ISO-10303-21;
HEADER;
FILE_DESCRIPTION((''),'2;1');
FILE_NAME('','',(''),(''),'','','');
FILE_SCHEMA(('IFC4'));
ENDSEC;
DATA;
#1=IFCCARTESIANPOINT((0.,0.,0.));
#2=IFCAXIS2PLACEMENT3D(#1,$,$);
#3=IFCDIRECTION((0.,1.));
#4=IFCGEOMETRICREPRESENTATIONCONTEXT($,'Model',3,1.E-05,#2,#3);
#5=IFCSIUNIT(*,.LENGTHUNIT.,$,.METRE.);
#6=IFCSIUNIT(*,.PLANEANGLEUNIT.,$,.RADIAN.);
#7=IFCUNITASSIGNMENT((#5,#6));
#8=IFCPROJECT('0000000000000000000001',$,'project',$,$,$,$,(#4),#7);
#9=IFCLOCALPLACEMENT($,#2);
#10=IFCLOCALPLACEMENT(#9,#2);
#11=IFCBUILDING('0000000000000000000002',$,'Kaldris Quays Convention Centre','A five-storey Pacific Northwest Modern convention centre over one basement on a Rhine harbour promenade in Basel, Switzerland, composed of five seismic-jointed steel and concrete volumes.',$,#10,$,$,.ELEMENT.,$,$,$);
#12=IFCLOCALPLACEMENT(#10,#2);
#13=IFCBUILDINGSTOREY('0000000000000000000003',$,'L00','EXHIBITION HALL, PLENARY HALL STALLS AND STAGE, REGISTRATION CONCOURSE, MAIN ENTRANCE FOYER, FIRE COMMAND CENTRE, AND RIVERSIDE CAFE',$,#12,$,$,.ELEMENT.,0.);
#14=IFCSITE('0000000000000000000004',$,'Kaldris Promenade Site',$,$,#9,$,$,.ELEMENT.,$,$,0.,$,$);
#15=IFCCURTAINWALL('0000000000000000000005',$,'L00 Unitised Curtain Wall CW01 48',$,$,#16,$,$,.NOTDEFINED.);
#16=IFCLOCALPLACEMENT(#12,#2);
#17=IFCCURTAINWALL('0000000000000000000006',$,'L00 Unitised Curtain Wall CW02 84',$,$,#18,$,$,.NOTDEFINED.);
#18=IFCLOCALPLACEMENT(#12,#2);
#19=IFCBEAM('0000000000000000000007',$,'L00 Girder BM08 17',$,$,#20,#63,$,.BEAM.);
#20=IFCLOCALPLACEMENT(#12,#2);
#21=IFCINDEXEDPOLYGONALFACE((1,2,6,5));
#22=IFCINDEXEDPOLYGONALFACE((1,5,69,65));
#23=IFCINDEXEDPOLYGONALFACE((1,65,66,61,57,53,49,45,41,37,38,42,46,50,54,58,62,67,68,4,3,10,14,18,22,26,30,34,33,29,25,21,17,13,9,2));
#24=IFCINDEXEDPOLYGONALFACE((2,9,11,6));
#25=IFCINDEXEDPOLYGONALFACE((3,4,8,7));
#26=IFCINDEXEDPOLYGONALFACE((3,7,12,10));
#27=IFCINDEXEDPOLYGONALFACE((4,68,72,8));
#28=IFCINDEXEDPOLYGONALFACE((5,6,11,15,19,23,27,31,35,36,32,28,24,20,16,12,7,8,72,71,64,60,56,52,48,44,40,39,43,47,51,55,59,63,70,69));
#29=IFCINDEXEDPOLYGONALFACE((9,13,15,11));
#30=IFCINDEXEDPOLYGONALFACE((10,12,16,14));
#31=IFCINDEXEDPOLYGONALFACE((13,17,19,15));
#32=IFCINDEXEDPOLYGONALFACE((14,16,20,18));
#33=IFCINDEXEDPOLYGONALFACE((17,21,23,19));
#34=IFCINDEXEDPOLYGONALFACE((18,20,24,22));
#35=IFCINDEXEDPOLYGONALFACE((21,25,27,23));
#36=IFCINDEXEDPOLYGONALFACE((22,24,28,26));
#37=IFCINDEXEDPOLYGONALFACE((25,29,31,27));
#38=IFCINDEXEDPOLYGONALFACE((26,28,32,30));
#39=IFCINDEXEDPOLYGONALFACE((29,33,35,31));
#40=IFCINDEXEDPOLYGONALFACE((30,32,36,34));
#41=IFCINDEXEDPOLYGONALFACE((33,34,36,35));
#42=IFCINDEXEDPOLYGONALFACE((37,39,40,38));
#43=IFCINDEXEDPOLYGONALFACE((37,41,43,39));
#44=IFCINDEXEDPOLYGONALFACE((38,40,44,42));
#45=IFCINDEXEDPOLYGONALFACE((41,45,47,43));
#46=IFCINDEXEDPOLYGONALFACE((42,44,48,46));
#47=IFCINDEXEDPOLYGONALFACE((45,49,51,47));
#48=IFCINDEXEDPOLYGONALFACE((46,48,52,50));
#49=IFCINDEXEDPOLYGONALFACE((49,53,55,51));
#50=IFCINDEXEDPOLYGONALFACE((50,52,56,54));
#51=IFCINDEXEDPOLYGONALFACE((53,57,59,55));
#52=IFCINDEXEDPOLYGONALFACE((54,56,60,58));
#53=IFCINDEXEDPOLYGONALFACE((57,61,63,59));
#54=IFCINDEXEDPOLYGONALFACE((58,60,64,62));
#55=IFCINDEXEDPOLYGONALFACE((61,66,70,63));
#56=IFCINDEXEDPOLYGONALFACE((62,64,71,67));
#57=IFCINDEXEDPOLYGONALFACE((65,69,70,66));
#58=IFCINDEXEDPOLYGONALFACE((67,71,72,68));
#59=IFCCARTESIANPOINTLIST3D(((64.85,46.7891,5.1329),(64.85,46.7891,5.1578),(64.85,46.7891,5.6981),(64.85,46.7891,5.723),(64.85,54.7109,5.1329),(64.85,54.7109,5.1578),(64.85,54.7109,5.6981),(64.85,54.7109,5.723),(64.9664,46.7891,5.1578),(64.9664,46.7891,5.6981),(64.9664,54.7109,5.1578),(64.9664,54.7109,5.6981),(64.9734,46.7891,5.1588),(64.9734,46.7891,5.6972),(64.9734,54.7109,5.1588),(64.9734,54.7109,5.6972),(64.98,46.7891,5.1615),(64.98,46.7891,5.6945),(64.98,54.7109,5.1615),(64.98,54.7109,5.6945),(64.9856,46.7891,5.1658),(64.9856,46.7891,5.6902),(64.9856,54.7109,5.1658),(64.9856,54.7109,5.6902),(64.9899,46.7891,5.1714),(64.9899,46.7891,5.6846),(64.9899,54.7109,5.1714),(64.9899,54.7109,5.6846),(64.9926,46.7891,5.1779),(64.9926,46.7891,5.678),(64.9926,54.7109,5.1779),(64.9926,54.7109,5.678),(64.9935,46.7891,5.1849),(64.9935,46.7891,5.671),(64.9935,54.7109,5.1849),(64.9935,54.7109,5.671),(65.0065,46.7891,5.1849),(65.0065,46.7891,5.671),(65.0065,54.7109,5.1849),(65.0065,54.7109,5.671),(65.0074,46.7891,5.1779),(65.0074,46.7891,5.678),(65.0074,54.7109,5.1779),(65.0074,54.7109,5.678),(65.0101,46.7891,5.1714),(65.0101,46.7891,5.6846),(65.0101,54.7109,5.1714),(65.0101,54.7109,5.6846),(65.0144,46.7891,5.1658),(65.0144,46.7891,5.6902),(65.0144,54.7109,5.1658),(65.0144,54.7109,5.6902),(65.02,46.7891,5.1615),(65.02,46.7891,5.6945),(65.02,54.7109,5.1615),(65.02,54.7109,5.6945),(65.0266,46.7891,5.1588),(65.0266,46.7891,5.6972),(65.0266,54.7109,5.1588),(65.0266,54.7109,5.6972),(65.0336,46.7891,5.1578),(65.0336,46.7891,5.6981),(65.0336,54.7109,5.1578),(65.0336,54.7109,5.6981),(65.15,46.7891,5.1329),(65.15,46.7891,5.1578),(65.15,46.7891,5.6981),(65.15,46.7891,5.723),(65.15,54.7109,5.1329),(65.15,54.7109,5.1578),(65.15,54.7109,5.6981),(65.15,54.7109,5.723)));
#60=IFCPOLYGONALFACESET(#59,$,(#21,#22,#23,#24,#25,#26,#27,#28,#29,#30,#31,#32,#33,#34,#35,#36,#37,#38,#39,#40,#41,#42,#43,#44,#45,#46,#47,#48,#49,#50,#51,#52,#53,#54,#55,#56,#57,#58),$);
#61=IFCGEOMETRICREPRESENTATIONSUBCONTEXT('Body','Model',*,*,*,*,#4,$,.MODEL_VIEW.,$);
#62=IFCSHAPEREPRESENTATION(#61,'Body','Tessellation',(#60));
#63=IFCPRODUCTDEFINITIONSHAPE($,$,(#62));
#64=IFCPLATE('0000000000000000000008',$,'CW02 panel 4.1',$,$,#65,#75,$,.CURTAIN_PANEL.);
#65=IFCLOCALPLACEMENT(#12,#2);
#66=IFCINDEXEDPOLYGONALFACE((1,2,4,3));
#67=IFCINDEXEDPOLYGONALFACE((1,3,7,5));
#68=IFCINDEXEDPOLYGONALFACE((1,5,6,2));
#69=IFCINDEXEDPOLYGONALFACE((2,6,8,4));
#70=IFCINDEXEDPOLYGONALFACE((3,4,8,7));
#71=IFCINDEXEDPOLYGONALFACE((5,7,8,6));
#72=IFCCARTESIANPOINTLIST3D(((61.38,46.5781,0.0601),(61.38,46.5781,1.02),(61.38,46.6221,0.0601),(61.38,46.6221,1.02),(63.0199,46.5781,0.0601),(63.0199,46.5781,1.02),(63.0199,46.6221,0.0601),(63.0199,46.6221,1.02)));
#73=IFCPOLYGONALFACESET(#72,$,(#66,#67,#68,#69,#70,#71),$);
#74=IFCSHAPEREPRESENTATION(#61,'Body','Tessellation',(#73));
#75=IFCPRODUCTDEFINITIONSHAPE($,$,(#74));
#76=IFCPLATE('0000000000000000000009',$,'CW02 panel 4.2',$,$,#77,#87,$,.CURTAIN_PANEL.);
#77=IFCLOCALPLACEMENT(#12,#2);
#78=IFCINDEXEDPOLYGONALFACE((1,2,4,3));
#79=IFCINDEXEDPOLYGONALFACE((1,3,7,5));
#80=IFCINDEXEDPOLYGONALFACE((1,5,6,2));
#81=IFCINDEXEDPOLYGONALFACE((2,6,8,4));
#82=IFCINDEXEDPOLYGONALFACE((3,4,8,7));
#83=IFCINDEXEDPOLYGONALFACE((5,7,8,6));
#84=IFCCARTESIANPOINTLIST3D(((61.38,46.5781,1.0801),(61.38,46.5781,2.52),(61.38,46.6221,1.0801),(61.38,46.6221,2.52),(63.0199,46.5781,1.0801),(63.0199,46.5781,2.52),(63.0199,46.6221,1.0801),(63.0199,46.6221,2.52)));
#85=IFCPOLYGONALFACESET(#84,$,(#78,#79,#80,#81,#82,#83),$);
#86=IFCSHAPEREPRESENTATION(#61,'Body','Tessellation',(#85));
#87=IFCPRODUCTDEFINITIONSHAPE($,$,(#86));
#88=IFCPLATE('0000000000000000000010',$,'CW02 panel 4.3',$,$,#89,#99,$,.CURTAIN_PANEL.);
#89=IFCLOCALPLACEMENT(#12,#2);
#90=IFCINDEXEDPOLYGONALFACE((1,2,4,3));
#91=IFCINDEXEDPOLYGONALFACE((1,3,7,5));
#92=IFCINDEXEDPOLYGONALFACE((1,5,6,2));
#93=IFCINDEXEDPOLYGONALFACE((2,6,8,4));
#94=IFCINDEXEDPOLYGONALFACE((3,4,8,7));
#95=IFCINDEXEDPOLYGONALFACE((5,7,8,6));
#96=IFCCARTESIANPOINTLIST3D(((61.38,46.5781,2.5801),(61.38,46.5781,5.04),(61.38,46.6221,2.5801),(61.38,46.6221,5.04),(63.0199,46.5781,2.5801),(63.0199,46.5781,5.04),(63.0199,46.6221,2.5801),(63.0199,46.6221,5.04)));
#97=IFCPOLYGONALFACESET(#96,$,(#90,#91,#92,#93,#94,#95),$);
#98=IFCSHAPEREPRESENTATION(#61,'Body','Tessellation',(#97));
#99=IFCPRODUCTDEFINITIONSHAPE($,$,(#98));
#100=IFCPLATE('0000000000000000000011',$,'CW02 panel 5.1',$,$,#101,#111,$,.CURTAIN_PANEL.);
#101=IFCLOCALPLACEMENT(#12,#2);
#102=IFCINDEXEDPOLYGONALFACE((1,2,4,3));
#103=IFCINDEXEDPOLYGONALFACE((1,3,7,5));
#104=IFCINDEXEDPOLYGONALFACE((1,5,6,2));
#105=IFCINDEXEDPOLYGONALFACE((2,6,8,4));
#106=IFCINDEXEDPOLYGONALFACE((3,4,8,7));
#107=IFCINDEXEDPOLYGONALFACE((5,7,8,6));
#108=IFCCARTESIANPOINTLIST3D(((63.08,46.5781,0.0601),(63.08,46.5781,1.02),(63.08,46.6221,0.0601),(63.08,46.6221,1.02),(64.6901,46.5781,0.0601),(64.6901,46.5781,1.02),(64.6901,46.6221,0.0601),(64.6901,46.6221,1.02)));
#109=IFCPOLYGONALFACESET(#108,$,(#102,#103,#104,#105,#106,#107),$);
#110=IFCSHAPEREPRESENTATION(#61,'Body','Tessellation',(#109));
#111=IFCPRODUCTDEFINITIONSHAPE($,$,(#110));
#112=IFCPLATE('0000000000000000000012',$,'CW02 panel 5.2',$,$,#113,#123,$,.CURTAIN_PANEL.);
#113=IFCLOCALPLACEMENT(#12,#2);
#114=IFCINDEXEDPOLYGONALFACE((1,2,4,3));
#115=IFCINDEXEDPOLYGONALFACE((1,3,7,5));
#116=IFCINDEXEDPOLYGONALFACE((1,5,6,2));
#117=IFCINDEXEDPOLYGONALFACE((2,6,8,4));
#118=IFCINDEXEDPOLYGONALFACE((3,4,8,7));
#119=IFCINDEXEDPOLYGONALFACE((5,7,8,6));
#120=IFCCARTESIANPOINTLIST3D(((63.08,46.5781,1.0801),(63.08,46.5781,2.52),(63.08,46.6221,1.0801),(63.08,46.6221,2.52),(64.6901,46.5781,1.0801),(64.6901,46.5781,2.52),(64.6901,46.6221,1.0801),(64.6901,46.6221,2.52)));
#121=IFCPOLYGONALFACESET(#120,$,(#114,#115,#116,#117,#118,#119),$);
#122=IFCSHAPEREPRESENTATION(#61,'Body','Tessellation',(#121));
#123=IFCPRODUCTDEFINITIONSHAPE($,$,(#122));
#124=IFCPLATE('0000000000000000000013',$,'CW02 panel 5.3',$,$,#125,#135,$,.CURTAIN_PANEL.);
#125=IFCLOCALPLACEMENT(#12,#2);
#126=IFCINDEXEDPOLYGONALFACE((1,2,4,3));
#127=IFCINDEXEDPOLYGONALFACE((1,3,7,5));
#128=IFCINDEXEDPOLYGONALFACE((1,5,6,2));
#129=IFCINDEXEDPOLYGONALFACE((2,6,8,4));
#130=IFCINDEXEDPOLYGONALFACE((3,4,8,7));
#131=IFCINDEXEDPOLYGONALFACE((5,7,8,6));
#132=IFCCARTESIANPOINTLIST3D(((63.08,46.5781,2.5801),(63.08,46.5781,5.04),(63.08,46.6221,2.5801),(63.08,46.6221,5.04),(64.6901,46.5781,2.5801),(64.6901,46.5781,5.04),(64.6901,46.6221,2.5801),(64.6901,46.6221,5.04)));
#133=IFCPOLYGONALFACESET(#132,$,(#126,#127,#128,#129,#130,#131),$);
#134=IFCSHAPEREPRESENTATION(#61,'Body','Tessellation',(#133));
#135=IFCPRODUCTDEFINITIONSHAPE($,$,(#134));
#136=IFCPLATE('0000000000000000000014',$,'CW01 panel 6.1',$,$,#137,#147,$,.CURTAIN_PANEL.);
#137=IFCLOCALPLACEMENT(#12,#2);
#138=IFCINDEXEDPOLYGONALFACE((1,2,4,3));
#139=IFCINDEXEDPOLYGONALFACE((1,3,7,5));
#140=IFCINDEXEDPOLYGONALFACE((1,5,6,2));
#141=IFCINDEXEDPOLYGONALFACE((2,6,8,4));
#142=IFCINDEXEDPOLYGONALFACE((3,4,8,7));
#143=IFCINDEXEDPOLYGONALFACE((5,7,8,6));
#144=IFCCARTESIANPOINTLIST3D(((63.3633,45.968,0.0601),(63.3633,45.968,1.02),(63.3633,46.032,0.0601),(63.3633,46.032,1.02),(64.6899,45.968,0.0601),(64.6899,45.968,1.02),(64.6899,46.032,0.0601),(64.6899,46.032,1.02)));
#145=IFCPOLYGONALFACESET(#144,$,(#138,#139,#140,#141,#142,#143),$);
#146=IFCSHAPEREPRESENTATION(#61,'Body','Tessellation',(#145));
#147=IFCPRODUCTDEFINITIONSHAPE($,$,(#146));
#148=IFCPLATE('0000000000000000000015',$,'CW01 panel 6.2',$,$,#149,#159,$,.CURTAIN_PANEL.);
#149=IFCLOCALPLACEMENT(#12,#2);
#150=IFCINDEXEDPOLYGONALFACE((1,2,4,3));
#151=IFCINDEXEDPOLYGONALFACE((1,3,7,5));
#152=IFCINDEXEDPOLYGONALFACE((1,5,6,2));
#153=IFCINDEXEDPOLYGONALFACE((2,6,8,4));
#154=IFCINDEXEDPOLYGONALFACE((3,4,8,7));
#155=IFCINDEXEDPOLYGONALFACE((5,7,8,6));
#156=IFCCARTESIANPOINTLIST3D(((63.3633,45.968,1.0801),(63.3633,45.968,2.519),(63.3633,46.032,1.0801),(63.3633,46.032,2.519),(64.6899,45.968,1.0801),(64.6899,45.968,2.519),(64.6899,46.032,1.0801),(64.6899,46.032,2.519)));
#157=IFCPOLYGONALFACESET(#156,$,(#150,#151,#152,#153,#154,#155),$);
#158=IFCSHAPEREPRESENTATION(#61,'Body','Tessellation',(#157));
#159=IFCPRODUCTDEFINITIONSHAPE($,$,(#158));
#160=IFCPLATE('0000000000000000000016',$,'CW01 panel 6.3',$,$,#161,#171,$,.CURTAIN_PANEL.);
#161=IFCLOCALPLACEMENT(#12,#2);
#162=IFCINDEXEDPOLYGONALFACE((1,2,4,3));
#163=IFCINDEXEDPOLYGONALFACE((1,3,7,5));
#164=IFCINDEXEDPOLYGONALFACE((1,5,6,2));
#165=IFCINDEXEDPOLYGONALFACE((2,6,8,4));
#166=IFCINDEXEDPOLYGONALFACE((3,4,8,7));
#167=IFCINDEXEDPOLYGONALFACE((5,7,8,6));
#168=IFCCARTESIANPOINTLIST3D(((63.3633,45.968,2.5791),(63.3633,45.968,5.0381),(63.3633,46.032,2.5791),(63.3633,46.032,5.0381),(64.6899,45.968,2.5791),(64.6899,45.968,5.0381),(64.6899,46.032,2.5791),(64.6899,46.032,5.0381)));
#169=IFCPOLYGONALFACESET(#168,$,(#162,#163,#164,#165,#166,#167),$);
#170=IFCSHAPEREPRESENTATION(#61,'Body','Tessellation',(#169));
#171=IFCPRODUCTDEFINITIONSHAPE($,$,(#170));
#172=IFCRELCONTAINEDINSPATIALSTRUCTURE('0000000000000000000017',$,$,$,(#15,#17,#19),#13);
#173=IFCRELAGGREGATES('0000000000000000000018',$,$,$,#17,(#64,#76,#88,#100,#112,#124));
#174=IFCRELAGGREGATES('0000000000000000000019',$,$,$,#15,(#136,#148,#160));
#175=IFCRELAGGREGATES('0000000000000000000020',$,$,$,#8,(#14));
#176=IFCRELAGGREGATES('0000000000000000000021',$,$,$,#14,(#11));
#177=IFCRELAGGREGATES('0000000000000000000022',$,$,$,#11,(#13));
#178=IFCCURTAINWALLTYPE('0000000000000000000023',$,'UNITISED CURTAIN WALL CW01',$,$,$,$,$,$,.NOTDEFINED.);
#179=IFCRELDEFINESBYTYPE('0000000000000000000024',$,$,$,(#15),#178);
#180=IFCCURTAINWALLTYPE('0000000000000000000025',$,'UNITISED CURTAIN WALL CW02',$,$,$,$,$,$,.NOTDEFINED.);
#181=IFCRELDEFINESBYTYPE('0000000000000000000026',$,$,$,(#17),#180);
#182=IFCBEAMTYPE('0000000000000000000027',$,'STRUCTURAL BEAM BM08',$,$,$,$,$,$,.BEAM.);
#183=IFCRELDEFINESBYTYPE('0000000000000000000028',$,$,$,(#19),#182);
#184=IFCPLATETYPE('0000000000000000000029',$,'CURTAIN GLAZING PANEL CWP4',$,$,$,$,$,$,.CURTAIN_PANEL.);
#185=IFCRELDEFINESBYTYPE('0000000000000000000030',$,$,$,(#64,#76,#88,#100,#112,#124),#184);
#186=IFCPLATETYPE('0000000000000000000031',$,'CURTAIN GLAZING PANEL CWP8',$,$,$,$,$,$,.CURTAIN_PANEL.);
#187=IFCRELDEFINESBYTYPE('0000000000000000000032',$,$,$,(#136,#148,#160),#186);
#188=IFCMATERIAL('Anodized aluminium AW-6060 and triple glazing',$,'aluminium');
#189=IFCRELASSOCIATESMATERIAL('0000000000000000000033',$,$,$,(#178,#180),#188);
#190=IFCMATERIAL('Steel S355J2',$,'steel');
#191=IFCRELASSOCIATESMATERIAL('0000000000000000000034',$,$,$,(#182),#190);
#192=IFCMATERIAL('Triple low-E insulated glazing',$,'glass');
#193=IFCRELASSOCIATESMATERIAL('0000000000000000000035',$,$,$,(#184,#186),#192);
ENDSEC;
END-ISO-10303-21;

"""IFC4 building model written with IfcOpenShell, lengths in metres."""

from ifc_helpers import new_model, si_unit, direction, frame, origin, origin_2d, place, context, subcontext, project, spatial, rectangle, i_section, extrude, material, material_profile, profile_set, type_object, element, aggregate, save


model = new_model("IFC4")

# Units and contexts
model_context = context("Model", 3, precision=1e-05, world=origin(), true_north=direction((0.0, 1.0)))
body_context = subcontext(model_context, "Body", "Model", "MODEL_VIEW")
ifc_project = project(units=[si_unit("LENGTHUNIT", "METRE"), si_unit("PLANEANGLEUNIT", "RADIAN")], contexts=[model_context])

# Site, building, storey
site_placement = place(None, origin())
site = spatial("IfcSite", under=ifc_project, at=site_placement, Name="Kaldris Promenade Site", CompositionType="ELEMENT", RefElevation=0.0)
building_placement = place(site_placement, origin())
building = spatial("IfcBuilding", under=site, at=building_placement, Name="Kaldris Quays Convention Centre", Description="A five-storey Pacific Northwest Modern convention centre over one basement on a Rhine harbour promenade in Basel, Switzerland, composed of five seismic-jointed steel and concrete volumes.", CompositionType="ELEMENT")
storey_placement = place(building_placement, origin())
storey = spatial("IfcBuildingStorey", under=building, at=storey_placement, Name="L00", Description="EXHIBITION HALL, PLENARY HALL STALLS AND STAGE, REGISTRATION CONCOURSE, MAIN ENTRANCE FOYER, FIRE COMMAND CENTRE, AND RIVERSIDE CAFE", CompositionType="ELEMENT", Elevation=0.0)

# Shared definitions
ifc_material_1 = material(Name="Steel S355J2", Category="steel")

# Curtain wall
ifc_material_2 = material(Name="Anodized aluminium AW-6060 and triple glazing", Category="aluminium")
curtain_wall_type_1 = type_object("IfcCurtainWallType", Name="UNITISED CURTAIN WALL CW01", PredefinedType="NOTDEFINED", material=ifc_material_2)
curtain_wall_1_placement = place(storey_placement, origin())
curtain_wall_1 = element("IfcCurtainWall", 1, at=curtain_wall_1_placement, inside=storey, type_object=curtain_wall_type_1, Name="L00 Unitised Curtain Wall CW01 48", PredefinedType="NOTDEFINED")

# Curtain wall
curtain_wall_type_2 = type_object("IfcCurtainWallType", Name="UNITISED CURTAIN WALL CW02", PredefinedType="NOTDEFINED", material=ifc_material_2)
curtain_wall_2_placement = place(storey_placement, origin())
curtain_wall_2 = element("IfcCurtainWall", 2, at=curtain_wall_2_placement, inside=storey, type_object=curtain_wall_type_2, Name="L00 Unitised Curtain Wall CW02 84", PredefinedType="NOTDEFINED")

# Beam
ifc_material_profile_1 = material_profile(ifc_material_1, i_section(OverallWidth=0.3, OverallDepth=0.5901, WebThickness=0.0129, FlangeThickness=0.0249, FilletRadius=0.0271, at=origin_2d()), Name="HEA 600")
ifc_profile_set_1 = profile_set([ifc_material_profile_1], Name="Steel S355J2")
beam_type_1 = type_object("IfcBeamType", Name="STRUCTURAL BEAM BM08", PredefinedType="BEAM", material=ifc_profile_set_1)
beam_1_placement = place(storey_placement, frame((65.0, 46.7891, 5.428), z_axis=(0.0, 1.0, 0.0), x_axis=(-1.0, 0.0, 0.0)))
element("IfcBeam", 3, at=beam_1_placement, inside=storey, type_object=beam_type_1, Name="L00 Girder BM08 17", PredefinedType="BEAM", context=body_context, shape_type="SweptSolid", body=[
    extrude(i_section(OverallWidth=0.3, OverallDepth=0.5901, WebThickness=0.0129, FlangeThickness=0.0249, FilletRadius=0.0271, at=origin_2d()), origin(), (0.0, 0.0, 1.0), 7.9219),
])

# Plates
ifc_material_3 = material(Name="Triple low-E insulated glazing", Category="glass")
plate_type_1 = type_object("IfcPlateType", Name="CURTAIN GLAZING PANEL CWP4", PredefinedType="CURTAIN_PANEL", material=ifc_material_3)
plate_1_placement = place(storey_placement, frame((62.2, 46.6001, 0.0601), z_axis=(0.0, 0.0, 1.0), x_axis=(1.0, 0.0, 0.0)))
plate_1 = element("IfcPlate", 4, at=plate_1_placement, type_object=plate_type_1, Name="CW02 panel 4.1", PredefinedType="CURTAIN_PANEL", context=body_context, shape_type="SweptSolid", body=[
    extrude(rectangle(XDim=1.6399, YDim=0.0439, at=origin_2d()), origin(), (0.0, 0.0, 1.0), 0.96),
])
plate_2_placement = place(storey_placement, frame((62.2, 46.6001, 1.0801), z_axis=(0.0, 0.0, 1.0), x_axis=(1.0, 0.0, 0.0)))
plate_2 = element("IfcPlate", 5, at=plate_2_placement, type_object=plate_type_1, Name="CW02 panel 4.2", PredefinedType="CURTAIN_PANEL", context=body_context, shape_type="SweptSolid", body=[
    extrude(rectangle(XDim=1.6399, YDim=0.0439, at=origin_2d()), origin(), (0.0, 0.0, 1.0), 1.4399),
])
plate_3_placement = place(storey_placement, frame((62.2, 46.6001, 2.5801), z_axis=(0.0, 0.0, 1.0), x_axis=(1.0, 0.0, 0.0)))
plate_3 = element("IfcPlate", 6, at=plate_3_placement, type_object=plate_type_1, Name="CW02 panel 4.3", PredefinedType="CURTAIN_PANEL", context=body_context, shape_type="SweptSolid", body=[
    extrude(rectangle(XDim=1.6399, YDim=0.0439, at=origin_2d()), origin(), (0.0, 0.0, 1.0), 2.46),
])
plate_4_placement = place(storey_placement, frame((63.885, 46.6001, 0.0601), z_axis=(0.0, 0.0, 1.0), x_axis=(1.0, 0.0, 0.0)))
plate_4 = element("IfcPlate", 7, at=plate_4_placement, type_object=plate_type_1, Name="CW02 panel 5.1", PredefinedType="CURTAIN_PANEL", context=body_context, shape_type="SweptSolid", body=[
    extrude(rectangle(XDim=1.6101, YDim=0.0439, at=origin_2d()), origin(), (0.0, 0.0, 1.0), 0.96),
])
plate_5_placement = place(storey_placement, frame((63.885, 46.6001, 1.0801), z_axis=(0.0, 0.0, 1.0), x_axis=(1.0, 0.0, 0.0)))
plate_5 = element("IfcPlate", 8, at=plate_5_placement, type_object=plate_type_1, Name="CW02 panel 5.2", PredefinedType="CURTAIN_PANEL", context=body_context, shape_type="SweptSolid", body=[
    extrude(rectangle(XDim=1.6101, YDim=0.0439, at=origin_2d()), origin(), (0.0, 0.0, 1.0), 1.4399),
])
plate_6_placement = place(storey_placement, frame((63.885, 46.6001, 2.5801), z_axis=(0.0, 0.0, 1.0), x_axis=(1.0, 0.0, 0.0)))
plate_6 = element("IfcPlate", 9, at=plate_6_placement, type_object=plate_type_1, Name="CW02 panel 5.3", PredefinedType="CURTAIN_PANEL", context=body_context, shape_type="SweptSolid", body=[
    extrude(rectangle(XDim=1.6101, YDim=0.0439, at=origin_2d()), origin(), (0.0, 0.0, 1.0), 2.46),
])
aggregate(curtain_wall_2, [plate_1, plate_2, plate_3, plate_4, plate_5, plate_6])
plate_type_2 = type_object("IfcPlateType", Name="CURTAIN GLAZING PANEL CWP8", PredefinedType="CURTAIN_PANEL", material=ifc_material_3)
plate_7_placement = place(storey_placement, frame((64.0266, 46.0, 0.0601), z_axis=(0.0, 0.0, 1.0), x_axis=(1.0, 0.0, 0.0)))
plate_7 = element("IfcPlate", 10, at=plate_7_placement, type_object=plate_type_2, Name="CW01 panel 6.1", PredefinedType="CURTAIN_PANEL", context=body_context, shape_type="SweptSolid", body=[
    extrude(rectangle(XDim=1.3267, YDim=0.064, at=origin_2d()), origin(), (0.0, 0.0, 1.0), 0.96),
])
plate_8_placement = place(storey_placement, frame((64.0266, 46.0, 1.0801), z_axis=(0.0, 0.0, 1.0), x_axis=(1.0, 0.0, 0.0)))
plate_8 = element("IfcPlate", 11, at=plate_8_placement, type_object=plate_type_2, Name="CW01 panel 6.2", PredefinedType="CURTAIN_PANEL", context=body_context, shape_type="SweptSolid", body=[
    extrude(rectangle(XDim=1.3267, YDim=0.064, at=origin_2d()), origin(), (0.0, 0.0, 1.0), 1.439),
])
plate_9_placement = place(storey_placement, frame((64.0266, 46.0, 2.5791), z_axis=(0.0, 0.0, 1.0), x_axis=(1.0, 0.0, 0.0)))
plate_9 = element("IfcPlate", 12, at=plate_9_placement, type_object=plate_type_2, Name="CW01 panel 6.3", PredefinedType="CURTAIN_PANEL", context=body_context, shape_type="SweptSolid", body=[
    extrude(rectangle(XDim=1.3267, YDim=0.064, at=origin_2d()), origin(), (0.0, 0.0, 1.0), 2.459),
])
aggregate(curtain_wall_1, [plate_7, plate_8, plate_9])

save(model, "model.ifc")
